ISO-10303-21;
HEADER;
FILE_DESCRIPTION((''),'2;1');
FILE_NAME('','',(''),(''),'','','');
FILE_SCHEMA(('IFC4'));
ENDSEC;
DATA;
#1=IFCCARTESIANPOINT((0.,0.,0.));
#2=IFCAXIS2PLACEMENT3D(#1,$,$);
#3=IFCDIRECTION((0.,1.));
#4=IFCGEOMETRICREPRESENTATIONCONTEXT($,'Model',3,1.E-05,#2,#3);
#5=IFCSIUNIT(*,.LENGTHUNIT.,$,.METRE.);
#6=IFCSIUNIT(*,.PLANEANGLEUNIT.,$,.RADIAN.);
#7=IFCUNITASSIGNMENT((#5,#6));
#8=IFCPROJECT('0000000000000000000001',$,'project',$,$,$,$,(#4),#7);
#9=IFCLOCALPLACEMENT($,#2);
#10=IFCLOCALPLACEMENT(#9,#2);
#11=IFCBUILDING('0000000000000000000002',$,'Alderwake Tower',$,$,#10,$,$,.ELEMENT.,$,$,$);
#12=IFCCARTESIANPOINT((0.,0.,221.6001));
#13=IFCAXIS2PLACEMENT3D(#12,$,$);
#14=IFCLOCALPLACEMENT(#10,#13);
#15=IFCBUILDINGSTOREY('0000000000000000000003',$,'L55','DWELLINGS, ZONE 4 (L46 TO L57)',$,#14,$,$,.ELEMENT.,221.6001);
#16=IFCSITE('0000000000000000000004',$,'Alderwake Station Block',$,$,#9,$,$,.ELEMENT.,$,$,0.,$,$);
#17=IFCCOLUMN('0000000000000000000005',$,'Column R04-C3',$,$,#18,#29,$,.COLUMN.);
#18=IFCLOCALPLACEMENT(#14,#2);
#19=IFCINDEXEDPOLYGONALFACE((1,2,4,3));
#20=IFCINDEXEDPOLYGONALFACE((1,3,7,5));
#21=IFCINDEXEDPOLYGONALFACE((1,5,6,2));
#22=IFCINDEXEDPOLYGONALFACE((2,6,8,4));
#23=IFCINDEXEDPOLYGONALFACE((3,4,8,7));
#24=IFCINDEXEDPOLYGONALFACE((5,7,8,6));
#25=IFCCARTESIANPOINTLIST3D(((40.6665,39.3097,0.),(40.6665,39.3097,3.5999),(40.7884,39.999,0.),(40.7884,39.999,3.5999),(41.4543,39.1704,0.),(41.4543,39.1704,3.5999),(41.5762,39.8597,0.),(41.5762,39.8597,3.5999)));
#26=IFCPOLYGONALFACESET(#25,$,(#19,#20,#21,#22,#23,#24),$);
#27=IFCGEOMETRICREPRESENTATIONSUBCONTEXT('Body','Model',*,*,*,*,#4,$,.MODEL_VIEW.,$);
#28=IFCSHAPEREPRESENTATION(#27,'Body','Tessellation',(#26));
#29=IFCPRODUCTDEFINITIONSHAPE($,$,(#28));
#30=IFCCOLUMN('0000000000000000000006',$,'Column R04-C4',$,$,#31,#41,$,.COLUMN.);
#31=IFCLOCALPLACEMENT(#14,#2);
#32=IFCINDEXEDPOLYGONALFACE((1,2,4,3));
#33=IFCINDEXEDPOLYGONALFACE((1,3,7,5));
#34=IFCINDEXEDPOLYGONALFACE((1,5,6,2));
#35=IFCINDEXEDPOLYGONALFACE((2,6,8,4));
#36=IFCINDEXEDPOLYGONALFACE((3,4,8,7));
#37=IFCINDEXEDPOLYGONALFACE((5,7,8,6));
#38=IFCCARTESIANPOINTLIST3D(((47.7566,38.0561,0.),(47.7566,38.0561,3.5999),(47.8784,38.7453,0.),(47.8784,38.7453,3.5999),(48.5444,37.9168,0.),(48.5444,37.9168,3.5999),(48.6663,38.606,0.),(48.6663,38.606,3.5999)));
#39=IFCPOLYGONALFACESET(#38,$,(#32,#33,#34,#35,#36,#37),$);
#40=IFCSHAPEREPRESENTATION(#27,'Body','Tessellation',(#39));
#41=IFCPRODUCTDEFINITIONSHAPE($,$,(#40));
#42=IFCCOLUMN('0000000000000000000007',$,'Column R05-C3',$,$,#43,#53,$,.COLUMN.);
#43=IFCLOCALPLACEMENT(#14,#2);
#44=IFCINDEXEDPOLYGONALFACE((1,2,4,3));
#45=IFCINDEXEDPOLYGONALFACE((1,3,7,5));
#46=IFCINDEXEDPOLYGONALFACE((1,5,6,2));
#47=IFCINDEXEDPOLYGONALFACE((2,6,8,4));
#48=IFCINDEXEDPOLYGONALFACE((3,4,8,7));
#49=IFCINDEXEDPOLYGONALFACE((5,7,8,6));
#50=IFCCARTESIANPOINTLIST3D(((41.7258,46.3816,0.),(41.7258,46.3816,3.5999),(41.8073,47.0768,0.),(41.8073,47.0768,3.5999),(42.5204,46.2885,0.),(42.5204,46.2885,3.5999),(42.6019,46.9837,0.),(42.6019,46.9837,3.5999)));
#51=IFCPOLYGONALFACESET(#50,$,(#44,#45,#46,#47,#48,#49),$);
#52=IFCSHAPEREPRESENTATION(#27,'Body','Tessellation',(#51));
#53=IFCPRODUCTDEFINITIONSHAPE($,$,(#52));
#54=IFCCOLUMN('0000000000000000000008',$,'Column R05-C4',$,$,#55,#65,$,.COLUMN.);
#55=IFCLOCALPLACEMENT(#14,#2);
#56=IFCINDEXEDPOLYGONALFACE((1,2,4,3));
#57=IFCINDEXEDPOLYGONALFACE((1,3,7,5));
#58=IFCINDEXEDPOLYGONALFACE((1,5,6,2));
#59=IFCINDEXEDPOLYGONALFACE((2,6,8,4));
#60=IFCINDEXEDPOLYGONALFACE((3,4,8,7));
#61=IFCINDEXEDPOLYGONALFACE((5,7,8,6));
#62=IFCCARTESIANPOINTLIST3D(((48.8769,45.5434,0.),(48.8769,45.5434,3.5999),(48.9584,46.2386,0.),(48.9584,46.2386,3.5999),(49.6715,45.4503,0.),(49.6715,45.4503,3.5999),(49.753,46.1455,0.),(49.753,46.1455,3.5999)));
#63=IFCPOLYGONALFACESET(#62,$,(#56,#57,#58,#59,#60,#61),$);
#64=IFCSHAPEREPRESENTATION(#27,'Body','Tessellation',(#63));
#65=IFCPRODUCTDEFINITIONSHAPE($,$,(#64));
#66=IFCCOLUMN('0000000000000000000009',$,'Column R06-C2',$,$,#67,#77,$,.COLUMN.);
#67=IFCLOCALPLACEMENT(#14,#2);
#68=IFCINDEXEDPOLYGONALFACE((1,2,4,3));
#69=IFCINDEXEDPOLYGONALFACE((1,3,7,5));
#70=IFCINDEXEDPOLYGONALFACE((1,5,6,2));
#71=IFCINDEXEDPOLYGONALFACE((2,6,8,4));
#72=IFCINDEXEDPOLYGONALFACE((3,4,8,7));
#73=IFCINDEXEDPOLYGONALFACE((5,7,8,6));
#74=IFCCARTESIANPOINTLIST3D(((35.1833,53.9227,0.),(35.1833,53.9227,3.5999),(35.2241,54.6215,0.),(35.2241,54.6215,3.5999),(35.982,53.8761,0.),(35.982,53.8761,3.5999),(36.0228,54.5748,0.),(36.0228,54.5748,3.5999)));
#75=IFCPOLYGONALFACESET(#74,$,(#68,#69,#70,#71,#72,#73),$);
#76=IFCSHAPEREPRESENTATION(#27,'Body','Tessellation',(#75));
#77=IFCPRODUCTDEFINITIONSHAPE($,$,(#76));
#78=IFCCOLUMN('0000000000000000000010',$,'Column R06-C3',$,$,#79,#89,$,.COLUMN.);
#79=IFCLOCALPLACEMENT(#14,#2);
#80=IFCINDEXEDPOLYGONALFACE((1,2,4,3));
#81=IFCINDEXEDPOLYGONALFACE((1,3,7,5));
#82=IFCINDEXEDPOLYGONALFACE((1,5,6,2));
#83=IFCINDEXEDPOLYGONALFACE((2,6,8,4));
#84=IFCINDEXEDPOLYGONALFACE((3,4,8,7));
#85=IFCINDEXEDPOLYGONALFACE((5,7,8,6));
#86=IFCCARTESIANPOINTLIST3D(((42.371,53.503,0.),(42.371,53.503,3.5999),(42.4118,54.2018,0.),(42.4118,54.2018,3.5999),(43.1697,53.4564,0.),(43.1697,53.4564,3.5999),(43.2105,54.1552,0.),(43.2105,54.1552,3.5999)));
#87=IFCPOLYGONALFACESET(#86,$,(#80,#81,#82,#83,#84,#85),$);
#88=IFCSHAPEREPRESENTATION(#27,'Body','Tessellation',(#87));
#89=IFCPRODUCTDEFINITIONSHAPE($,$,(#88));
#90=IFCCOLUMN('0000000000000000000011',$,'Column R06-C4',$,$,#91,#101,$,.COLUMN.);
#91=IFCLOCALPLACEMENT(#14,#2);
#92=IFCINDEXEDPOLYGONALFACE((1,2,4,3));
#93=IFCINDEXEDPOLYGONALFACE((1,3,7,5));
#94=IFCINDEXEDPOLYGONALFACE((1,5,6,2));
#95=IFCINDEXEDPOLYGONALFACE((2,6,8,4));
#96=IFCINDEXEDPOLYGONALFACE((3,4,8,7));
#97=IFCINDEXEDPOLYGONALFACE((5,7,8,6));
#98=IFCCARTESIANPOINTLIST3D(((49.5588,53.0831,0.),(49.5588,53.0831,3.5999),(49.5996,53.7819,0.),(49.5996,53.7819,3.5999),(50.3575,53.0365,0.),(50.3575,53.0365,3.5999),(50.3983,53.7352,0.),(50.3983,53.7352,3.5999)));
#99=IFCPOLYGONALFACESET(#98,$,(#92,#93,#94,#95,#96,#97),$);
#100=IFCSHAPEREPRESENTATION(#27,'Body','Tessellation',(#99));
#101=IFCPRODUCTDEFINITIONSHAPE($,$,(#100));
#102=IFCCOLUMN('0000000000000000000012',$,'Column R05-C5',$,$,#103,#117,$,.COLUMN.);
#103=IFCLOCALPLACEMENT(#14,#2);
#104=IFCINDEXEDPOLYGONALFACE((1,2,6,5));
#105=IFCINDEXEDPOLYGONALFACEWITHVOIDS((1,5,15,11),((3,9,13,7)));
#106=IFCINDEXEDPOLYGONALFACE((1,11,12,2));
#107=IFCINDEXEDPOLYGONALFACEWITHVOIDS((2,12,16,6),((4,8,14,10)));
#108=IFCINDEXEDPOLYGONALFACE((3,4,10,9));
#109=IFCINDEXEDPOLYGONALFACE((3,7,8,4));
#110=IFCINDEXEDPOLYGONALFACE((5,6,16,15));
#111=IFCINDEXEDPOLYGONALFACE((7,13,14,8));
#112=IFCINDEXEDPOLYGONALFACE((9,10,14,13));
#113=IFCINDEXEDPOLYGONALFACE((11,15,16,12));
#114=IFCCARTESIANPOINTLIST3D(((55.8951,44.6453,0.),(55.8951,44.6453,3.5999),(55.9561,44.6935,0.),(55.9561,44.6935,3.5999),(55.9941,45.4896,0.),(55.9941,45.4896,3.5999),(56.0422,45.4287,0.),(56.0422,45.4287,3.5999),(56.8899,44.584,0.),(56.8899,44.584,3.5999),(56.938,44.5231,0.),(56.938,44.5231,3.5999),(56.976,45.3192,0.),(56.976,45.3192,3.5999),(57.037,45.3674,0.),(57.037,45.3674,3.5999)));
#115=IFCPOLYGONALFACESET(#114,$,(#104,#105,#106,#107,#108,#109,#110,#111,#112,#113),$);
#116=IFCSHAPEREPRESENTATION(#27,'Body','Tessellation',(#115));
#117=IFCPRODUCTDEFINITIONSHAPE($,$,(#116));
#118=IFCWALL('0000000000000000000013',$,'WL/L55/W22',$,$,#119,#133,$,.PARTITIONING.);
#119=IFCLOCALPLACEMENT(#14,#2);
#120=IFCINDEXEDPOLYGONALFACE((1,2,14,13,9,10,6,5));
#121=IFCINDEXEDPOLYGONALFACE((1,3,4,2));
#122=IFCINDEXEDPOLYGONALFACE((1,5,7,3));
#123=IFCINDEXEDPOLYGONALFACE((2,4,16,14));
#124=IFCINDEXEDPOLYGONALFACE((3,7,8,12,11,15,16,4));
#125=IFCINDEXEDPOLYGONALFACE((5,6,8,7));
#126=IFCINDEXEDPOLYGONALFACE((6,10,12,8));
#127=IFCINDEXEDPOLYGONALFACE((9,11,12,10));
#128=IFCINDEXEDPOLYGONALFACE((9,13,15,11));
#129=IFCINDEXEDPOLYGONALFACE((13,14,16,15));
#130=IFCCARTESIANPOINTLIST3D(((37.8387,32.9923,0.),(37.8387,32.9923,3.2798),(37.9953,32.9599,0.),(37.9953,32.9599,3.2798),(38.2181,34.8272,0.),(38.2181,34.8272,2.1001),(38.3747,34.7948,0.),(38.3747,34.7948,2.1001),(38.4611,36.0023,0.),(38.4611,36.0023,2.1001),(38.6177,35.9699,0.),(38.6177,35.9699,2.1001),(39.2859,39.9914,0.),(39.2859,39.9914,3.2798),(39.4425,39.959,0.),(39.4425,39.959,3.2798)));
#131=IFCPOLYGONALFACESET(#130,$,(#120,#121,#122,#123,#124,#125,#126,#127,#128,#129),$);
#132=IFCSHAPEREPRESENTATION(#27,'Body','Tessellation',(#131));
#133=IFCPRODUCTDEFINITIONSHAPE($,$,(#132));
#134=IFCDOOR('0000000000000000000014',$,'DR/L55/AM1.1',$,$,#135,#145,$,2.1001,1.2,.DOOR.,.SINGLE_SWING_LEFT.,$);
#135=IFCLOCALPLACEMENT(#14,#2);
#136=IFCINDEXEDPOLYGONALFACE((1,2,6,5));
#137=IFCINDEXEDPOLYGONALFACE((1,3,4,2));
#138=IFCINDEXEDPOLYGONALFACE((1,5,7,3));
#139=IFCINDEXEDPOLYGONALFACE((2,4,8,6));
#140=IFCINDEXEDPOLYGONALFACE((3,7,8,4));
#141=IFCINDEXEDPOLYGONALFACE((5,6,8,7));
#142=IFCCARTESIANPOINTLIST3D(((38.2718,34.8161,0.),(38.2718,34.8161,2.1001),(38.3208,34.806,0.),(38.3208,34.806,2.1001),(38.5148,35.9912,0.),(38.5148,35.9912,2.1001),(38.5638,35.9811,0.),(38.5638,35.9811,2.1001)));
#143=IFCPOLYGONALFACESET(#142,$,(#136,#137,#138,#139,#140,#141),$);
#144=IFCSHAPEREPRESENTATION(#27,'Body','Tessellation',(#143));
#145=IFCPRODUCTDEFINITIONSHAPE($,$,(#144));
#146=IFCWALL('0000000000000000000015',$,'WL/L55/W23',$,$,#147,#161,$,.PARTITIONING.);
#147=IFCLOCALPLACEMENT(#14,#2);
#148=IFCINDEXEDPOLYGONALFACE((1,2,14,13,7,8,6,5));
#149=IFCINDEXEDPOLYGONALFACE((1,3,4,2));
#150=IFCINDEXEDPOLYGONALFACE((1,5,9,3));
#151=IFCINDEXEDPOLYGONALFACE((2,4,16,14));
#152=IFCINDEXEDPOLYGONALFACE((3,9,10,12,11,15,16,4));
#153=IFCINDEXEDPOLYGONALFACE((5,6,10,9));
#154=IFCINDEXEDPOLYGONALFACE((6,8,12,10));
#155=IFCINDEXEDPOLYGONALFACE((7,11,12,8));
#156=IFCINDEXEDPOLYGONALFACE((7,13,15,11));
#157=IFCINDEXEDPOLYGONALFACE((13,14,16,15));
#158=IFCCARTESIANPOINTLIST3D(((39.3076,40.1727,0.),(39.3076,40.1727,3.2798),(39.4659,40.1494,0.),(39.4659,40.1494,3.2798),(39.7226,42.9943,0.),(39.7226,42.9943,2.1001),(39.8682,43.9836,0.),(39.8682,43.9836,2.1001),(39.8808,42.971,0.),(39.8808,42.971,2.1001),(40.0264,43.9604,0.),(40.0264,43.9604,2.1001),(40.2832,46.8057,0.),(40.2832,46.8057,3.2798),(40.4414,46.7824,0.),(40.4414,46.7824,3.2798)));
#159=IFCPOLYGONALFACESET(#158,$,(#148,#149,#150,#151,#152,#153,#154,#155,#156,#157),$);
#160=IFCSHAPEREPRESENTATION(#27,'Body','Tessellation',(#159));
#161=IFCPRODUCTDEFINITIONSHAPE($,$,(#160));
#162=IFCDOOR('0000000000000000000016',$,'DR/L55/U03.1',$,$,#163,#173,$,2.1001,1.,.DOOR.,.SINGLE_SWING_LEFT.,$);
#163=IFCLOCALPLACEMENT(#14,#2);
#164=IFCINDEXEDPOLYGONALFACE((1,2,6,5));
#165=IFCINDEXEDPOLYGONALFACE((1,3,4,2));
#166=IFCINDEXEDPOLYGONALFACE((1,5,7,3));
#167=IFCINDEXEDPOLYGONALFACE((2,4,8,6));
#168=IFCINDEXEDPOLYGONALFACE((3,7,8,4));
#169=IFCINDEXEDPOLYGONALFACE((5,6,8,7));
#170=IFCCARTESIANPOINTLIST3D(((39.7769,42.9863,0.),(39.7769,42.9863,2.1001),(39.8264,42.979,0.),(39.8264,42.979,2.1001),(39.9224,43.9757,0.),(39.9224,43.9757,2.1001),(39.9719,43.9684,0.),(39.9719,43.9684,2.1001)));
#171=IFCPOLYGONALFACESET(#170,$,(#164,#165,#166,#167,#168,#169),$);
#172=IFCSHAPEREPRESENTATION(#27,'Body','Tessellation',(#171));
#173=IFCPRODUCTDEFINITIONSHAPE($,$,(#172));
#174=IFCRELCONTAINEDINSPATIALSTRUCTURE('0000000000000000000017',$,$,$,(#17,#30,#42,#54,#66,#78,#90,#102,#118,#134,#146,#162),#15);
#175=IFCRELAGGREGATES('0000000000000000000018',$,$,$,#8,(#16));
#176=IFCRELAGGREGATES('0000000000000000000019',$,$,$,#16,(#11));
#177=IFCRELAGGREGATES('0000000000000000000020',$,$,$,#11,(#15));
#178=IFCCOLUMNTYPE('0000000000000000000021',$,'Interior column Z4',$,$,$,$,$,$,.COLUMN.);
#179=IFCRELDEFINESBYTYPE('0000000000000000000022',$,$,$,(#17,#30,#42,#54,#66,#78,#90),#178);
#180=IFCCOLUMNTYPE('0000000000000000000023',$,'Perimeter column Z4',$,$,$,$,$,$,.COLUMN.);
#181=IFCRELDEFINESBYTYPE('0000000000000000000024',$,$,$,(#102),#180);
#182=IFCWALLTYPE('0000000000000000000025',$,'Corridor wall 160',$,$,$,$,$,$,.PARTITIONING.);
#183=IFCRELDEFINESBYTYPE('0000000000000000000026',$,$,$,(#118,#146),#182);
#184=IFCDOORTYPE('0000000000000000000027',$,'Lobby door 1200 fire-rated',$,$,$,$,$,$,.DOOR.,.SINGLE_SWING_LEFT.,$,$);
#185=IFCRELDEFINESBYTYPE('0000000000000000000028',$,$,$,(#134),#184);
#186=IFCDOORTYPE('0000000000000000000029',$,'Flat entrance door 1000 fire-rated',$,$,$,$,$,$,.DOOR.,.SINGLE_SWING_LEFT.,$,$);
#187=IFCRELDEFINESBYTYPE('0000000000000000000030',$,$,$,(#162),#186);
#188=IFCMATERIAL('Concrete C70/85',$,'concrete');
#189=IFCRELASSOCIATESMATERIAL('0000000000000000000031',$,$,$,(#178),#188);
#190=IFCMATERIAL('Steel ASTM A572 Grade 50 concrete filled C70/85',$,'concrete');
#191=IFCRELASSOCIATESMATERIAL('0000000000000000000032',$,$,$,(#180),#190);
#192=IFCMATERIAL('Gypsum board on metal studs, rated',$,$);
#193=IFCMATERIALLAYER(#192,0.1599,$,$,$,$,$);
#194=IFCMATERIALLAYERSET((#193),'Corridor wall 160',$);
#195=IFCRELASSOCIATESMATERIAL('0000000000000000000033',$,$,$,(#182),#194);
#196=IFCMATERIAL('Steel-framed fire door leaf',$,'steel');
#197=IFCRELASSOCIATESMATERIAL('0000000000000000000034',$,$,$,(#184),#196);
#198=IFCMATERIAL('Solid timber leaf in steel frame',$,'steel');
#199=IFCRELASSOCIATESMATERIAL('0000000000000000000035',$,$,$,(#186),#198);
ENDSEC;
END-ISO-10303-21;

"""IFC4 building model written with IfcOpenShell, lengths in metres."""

from ifc_helpers import new_model, si_unit, direction, frame, frame_2d, origin, origin_2d, place, context, subcontext, project, spatial, rectangle, hollow_rectangle, extrude, material, layer, layer_set, material_profile, profile_set, type_object, element, fill, save


model = new_model("IFC4")

# Units and contexts
model_context = context("Model", 3, precision=1e-05, world=origin(), true_north=direction((0.0, 1.0)))
body_context = subcontext(model_context, "Body", "Model", "MODEL_VIEW")
ifc_project = project(units=[si_unit("LENGTHUNIT", "METRE"), si_unit("PLANEANGLEUNIT", "RADIAN")], contexts=[model_context])

# Site, building, storey
site_placement = place(None, origin())
site = spatial("IfcSite", under=ifc_project, at=site_placement, Name="Alderwake Station Block", CompositionType="ELEMENT", RefElevation=0.0)
building_placement = place(site_placement, origin())
building = spatial("IfcBuilding", under=site, at=building_placement, Name="Alderwake Tower", CompositionType="ELEMENT")
storey_placement = place(building_placement, frame((0.0, 0.0, 221.6001)))
storey = spatial("IfcBuildingStorey", under=building, at=storey_placement, Name="L55", Description="DWELLINGS, ZONE 4 (L46 TO L57)", CompositionType="ELEMENT", Elevation=221.6001)

# Columns
ifc_material_1 = material(Name="Concrete C70/85", Category="concrete")
ifc_material_profile_1 = material_profile(ifc_material_1, rectangle(XDim=0.7, YDim=0.8, at=origin_2d()), Name="RC 800X700")
ifc_profile_set_1 = profile_set([ifc_material_profile_1], Name="Concrete C70/85")
column_type_1 = type_object("IfcColumnType", Name="Interior column Z4", PredefinedType="COLUMN", material=ifc_profile_set_1)
for number, where, z_axis, x_axis, name in (
    (1, (41.1213, 39.5847, 0.0), (0.0, 0.0, 1.0), (0.174109, 0.984726, 0.0), "Column R04-C3"),
    (2, (48.2114, 38.3311, 0.0), (0.0, 0.0, 1.0), (0.174109, 0.984726, 0.0), "Column R04-C4"),
    (3, (42.1638, 46.6826, 0.0), (0.0, 0.0, 1.0), (0.116402, 0.993202, 0.0), "Column R05-C3"),
    (4, (49.3149, 45.8445, 0.0), (0.0, 0.0, 1.0), (0.116402, 0.993202, 0.0), "Column R05-C4"),
    (5, (35.603, 54.2488, 0.0), (0.0, 0.0, 1.0), (0.058301, 0.998299, 0.0), "Column R06-C2"),
    (6, (42.7908, 53.8291, 0.0), (0.0, 0.0, 1.0), (0.058299, 0.998299, 0.0), "Column R06-C3"),
    (7, (49.9785, 53.4092, 0.0), (0.0, 0.0, 1.0), (0.058301, 0.998299, 0.0), "Column R06-C4"),
):
    element("IfcColumn", number, at=place(storey_placement, frame(where, z_axis=z_axis, x_axis=x_axis)), inside=storey, type_object=column_type_1, Name=name, PredefinedType="COLUMN", context=body_context, shape_type="SweptSolid", body=[
        extrude(rectangle(XDim=0.7, YDim=0.8, at=origin_2d()), origin(), (0.0, 0.0, 1.0), 3.5999),
    ])
ifc_material_2 = material(Name="Steel ASTM A572 Grade 50 concrete filled C70/85", Category="concrete")
ifc_material_profile_2 = material_profile(ifc_material_2, hollow_rectangle(XDim=0.8501, YDim=1.05, WallThickness=0.0549, at=origin_2d()), Name="BOX 1050X850X55")
ifc_profile_set_2 = profile_set([ifc_material_profile_2], Name="Steel ASTM A572 Grade 50 concrete filled C70/85")
column_type_2 = type_object("IfcColumnType", Name="Perimeter column Z4", PredefinedType="COLUMN", material=ifc_profile_set_2)
column_placement = place(storey_placement, frame((56.4661, 45.0063, 0.0), z_axis=(0.0, 0.0, 1.0), x_axis=(0.116402, 0.993202, 0.0)))
element("IfcColumn", 8, at=column_placement, inside=storey, type_object=column_type_2, Name="Column R05-C5", PredefinedType="COLUMN", context=body_context, shape_type="SweptSolid", body=[
    extrude(hollow_rectangle(XDim=0.8501, YDim=1.05, WallThickness=0.0549, at=origin_2d()), origin(), (0.0, 0.0, 1.0), 3.5999),
])

# Walls, openings, doors
ifc_material_3 = material(Name="Gypsum board on metal studs, rated")
ifc_layer_1 = layer(ifc_material_3, 0.1599)
ifc_layer_set_1 = layer_set([ifc_layer_1], Name="Corridor wall 160")
wall_type_1 = type_object("IfcWallType", Name="Corridor wall 160", PredefinedType="PARTITIONING", material=ifc_layer_set_1)
wall_1_placement = place(storey_placement, frame((39.3643, 39.9753, 0.0), z_axis=(0.0, 0.0, 1.0), x_axis=(-0.20249, -0.979284, 0.0)))
wall_1 = element("IfcWall", 9, at=wall_1_placement, inside=storey, type_object=wall_type_1, Name="WL/L55/W22", PredefinedType="PARTITIONING", context=body_context, shape_type="SweptSolid", body=[
    extrude(rectangle(XDim=7.1472, YDim=0.1599, at=frame_2d((3.5737, 0.0))), origin(), (0.0, 0.0, 1.0), 3.2798),
])
opening_1_placement = place(wall_1_placement, frame((4.0735, 0.0, 0.0)))
opening_1 = element("IfcOpeningElement", 10, at=opening_1_placement, cuts=wall_1, PredefinedType="OPENING", context=body_context, shape_type="SweptSolid", body=[
    extrude(rectangle(XDim=1.2, YDim=2.1001, at=frame_2d((0.6001, 1.05))), frame((0.0, 0.0898, 0.0), z_axis=(0.0, -1.0, 0.0), x_axis=(1.0, 0.0, 0.0)), (0.0, 0.0, 1.0), 0.1799),
])
ifc_material_4 = material(Name="Steel-framed fire door leaf", Category="steel")
door_type_1 = type_object("IfcDoorType", Name="Lobby door 1200 fire-rated", OperationType="SINGLE_SWING_LEFT", PredefinedType="DOOR", material=ifc_material_4)
door_1_placement = place(opening_1_placement, origin())
door_1 = element("IfcDoor", 11, at=door_1_placement, inside=storey, type_object=door_type_1, Name="DR/L55/AM1.1", OperationType="SINGLE_SWING_LEFT", OverallHeight=2.1001, OverallWidth=1.2, PredefinedType="DOOR", context=body_context, shape_type="SweptSolid", body=[
    extrude(rectangle(XDim=1.2, YDim=2.1001, at=frame_2d((0.6001, 1.05))), frame((0.0, 0.0249, 0.0), z_axis=(0.0, -1.0, 0.0), x_axis=(1.0, 0.0, 0.0)), (0.0, 0.0, 1.0), 0.05),
])
fill(opening_1, door_1)
wall_2_placement = place(storey_placement, frame((40.3623, 46.7939, 0.0), z_axis=(0.0, 0.0, 1.0), x_axis=(-0.145514, -0.989356, 0.0)))
wall_2 = element("IfcWall", 12, at=wall_2_placement, inside=storey, type_object=wall_type_1, Name="WL/L55/W23", PredefinedType="PARTITIONING", context=body_context, shape_type="SweptSolid", body=[
    extrude(rectangle(XDim=6.7043, YDim=0.1599, at=frame_2d((3.3521, 0.0))), origin(), (0.0, 0.0, 1.0), 3.2798),
])
opening_2_placement = place(wall_2_placement, frame((2.8523, 0.0, 0.0)))
opening_2 = element("IfcOpeningElement", 13, at=opening_2_placement, cuts=wall_2, PredefinedType="OPENING", context=body_context, shape_type="SweptSolid", body=[
    extrude(rectangle(XDim=1.0, YDim=2.1001, at=frame_2d((0.5, 1.05))), frame((0.0, 0.0898, 0.0), z_axis=(0.0, -1.0, 0.0), x_axis=(1.0, 0.0, 0.0)), (0.0, 0.0, 1.0), 0.1799),
])
ifc_material_5 = material(Name="Solid timber leaf in steel frame", Category="steel")
door_type_2 = type_object("IfcDoorType", Name="Flat entrance door 1000 fire-rated", OperationType="SINGLE_SWING_LEFT", PredefinedType="DOOR", material=ifc_material_5)
door_2_placement = place(opening_2_placement, origin())
door_2 = element("IfcDoor", 14, at=door_2_placement, inside=storey, type_object=door_type_2, Name="DR/L55/U03.1", OperationType="SINGLE_SWING_LEFT", OverallHeight=2.1001, OverallWidth=1.0, PredefinedType="DOOR", context=body_context, shape_type="SweptSolid", body=[
    extrude(rectangle(XDim=1.0, YDim=2.1001, at=frame_2d((0.5, 1.05))), frame((0.0, 0.0249, 0.0), z_axis=(0.0, -1.0, 0.0), x_axis=(1.0, 0.0, 0.0)), (0.0, 0.0, 1.0), 0.05),
])
fill(opening_2, door_2)

save(model, "model.ifc")
